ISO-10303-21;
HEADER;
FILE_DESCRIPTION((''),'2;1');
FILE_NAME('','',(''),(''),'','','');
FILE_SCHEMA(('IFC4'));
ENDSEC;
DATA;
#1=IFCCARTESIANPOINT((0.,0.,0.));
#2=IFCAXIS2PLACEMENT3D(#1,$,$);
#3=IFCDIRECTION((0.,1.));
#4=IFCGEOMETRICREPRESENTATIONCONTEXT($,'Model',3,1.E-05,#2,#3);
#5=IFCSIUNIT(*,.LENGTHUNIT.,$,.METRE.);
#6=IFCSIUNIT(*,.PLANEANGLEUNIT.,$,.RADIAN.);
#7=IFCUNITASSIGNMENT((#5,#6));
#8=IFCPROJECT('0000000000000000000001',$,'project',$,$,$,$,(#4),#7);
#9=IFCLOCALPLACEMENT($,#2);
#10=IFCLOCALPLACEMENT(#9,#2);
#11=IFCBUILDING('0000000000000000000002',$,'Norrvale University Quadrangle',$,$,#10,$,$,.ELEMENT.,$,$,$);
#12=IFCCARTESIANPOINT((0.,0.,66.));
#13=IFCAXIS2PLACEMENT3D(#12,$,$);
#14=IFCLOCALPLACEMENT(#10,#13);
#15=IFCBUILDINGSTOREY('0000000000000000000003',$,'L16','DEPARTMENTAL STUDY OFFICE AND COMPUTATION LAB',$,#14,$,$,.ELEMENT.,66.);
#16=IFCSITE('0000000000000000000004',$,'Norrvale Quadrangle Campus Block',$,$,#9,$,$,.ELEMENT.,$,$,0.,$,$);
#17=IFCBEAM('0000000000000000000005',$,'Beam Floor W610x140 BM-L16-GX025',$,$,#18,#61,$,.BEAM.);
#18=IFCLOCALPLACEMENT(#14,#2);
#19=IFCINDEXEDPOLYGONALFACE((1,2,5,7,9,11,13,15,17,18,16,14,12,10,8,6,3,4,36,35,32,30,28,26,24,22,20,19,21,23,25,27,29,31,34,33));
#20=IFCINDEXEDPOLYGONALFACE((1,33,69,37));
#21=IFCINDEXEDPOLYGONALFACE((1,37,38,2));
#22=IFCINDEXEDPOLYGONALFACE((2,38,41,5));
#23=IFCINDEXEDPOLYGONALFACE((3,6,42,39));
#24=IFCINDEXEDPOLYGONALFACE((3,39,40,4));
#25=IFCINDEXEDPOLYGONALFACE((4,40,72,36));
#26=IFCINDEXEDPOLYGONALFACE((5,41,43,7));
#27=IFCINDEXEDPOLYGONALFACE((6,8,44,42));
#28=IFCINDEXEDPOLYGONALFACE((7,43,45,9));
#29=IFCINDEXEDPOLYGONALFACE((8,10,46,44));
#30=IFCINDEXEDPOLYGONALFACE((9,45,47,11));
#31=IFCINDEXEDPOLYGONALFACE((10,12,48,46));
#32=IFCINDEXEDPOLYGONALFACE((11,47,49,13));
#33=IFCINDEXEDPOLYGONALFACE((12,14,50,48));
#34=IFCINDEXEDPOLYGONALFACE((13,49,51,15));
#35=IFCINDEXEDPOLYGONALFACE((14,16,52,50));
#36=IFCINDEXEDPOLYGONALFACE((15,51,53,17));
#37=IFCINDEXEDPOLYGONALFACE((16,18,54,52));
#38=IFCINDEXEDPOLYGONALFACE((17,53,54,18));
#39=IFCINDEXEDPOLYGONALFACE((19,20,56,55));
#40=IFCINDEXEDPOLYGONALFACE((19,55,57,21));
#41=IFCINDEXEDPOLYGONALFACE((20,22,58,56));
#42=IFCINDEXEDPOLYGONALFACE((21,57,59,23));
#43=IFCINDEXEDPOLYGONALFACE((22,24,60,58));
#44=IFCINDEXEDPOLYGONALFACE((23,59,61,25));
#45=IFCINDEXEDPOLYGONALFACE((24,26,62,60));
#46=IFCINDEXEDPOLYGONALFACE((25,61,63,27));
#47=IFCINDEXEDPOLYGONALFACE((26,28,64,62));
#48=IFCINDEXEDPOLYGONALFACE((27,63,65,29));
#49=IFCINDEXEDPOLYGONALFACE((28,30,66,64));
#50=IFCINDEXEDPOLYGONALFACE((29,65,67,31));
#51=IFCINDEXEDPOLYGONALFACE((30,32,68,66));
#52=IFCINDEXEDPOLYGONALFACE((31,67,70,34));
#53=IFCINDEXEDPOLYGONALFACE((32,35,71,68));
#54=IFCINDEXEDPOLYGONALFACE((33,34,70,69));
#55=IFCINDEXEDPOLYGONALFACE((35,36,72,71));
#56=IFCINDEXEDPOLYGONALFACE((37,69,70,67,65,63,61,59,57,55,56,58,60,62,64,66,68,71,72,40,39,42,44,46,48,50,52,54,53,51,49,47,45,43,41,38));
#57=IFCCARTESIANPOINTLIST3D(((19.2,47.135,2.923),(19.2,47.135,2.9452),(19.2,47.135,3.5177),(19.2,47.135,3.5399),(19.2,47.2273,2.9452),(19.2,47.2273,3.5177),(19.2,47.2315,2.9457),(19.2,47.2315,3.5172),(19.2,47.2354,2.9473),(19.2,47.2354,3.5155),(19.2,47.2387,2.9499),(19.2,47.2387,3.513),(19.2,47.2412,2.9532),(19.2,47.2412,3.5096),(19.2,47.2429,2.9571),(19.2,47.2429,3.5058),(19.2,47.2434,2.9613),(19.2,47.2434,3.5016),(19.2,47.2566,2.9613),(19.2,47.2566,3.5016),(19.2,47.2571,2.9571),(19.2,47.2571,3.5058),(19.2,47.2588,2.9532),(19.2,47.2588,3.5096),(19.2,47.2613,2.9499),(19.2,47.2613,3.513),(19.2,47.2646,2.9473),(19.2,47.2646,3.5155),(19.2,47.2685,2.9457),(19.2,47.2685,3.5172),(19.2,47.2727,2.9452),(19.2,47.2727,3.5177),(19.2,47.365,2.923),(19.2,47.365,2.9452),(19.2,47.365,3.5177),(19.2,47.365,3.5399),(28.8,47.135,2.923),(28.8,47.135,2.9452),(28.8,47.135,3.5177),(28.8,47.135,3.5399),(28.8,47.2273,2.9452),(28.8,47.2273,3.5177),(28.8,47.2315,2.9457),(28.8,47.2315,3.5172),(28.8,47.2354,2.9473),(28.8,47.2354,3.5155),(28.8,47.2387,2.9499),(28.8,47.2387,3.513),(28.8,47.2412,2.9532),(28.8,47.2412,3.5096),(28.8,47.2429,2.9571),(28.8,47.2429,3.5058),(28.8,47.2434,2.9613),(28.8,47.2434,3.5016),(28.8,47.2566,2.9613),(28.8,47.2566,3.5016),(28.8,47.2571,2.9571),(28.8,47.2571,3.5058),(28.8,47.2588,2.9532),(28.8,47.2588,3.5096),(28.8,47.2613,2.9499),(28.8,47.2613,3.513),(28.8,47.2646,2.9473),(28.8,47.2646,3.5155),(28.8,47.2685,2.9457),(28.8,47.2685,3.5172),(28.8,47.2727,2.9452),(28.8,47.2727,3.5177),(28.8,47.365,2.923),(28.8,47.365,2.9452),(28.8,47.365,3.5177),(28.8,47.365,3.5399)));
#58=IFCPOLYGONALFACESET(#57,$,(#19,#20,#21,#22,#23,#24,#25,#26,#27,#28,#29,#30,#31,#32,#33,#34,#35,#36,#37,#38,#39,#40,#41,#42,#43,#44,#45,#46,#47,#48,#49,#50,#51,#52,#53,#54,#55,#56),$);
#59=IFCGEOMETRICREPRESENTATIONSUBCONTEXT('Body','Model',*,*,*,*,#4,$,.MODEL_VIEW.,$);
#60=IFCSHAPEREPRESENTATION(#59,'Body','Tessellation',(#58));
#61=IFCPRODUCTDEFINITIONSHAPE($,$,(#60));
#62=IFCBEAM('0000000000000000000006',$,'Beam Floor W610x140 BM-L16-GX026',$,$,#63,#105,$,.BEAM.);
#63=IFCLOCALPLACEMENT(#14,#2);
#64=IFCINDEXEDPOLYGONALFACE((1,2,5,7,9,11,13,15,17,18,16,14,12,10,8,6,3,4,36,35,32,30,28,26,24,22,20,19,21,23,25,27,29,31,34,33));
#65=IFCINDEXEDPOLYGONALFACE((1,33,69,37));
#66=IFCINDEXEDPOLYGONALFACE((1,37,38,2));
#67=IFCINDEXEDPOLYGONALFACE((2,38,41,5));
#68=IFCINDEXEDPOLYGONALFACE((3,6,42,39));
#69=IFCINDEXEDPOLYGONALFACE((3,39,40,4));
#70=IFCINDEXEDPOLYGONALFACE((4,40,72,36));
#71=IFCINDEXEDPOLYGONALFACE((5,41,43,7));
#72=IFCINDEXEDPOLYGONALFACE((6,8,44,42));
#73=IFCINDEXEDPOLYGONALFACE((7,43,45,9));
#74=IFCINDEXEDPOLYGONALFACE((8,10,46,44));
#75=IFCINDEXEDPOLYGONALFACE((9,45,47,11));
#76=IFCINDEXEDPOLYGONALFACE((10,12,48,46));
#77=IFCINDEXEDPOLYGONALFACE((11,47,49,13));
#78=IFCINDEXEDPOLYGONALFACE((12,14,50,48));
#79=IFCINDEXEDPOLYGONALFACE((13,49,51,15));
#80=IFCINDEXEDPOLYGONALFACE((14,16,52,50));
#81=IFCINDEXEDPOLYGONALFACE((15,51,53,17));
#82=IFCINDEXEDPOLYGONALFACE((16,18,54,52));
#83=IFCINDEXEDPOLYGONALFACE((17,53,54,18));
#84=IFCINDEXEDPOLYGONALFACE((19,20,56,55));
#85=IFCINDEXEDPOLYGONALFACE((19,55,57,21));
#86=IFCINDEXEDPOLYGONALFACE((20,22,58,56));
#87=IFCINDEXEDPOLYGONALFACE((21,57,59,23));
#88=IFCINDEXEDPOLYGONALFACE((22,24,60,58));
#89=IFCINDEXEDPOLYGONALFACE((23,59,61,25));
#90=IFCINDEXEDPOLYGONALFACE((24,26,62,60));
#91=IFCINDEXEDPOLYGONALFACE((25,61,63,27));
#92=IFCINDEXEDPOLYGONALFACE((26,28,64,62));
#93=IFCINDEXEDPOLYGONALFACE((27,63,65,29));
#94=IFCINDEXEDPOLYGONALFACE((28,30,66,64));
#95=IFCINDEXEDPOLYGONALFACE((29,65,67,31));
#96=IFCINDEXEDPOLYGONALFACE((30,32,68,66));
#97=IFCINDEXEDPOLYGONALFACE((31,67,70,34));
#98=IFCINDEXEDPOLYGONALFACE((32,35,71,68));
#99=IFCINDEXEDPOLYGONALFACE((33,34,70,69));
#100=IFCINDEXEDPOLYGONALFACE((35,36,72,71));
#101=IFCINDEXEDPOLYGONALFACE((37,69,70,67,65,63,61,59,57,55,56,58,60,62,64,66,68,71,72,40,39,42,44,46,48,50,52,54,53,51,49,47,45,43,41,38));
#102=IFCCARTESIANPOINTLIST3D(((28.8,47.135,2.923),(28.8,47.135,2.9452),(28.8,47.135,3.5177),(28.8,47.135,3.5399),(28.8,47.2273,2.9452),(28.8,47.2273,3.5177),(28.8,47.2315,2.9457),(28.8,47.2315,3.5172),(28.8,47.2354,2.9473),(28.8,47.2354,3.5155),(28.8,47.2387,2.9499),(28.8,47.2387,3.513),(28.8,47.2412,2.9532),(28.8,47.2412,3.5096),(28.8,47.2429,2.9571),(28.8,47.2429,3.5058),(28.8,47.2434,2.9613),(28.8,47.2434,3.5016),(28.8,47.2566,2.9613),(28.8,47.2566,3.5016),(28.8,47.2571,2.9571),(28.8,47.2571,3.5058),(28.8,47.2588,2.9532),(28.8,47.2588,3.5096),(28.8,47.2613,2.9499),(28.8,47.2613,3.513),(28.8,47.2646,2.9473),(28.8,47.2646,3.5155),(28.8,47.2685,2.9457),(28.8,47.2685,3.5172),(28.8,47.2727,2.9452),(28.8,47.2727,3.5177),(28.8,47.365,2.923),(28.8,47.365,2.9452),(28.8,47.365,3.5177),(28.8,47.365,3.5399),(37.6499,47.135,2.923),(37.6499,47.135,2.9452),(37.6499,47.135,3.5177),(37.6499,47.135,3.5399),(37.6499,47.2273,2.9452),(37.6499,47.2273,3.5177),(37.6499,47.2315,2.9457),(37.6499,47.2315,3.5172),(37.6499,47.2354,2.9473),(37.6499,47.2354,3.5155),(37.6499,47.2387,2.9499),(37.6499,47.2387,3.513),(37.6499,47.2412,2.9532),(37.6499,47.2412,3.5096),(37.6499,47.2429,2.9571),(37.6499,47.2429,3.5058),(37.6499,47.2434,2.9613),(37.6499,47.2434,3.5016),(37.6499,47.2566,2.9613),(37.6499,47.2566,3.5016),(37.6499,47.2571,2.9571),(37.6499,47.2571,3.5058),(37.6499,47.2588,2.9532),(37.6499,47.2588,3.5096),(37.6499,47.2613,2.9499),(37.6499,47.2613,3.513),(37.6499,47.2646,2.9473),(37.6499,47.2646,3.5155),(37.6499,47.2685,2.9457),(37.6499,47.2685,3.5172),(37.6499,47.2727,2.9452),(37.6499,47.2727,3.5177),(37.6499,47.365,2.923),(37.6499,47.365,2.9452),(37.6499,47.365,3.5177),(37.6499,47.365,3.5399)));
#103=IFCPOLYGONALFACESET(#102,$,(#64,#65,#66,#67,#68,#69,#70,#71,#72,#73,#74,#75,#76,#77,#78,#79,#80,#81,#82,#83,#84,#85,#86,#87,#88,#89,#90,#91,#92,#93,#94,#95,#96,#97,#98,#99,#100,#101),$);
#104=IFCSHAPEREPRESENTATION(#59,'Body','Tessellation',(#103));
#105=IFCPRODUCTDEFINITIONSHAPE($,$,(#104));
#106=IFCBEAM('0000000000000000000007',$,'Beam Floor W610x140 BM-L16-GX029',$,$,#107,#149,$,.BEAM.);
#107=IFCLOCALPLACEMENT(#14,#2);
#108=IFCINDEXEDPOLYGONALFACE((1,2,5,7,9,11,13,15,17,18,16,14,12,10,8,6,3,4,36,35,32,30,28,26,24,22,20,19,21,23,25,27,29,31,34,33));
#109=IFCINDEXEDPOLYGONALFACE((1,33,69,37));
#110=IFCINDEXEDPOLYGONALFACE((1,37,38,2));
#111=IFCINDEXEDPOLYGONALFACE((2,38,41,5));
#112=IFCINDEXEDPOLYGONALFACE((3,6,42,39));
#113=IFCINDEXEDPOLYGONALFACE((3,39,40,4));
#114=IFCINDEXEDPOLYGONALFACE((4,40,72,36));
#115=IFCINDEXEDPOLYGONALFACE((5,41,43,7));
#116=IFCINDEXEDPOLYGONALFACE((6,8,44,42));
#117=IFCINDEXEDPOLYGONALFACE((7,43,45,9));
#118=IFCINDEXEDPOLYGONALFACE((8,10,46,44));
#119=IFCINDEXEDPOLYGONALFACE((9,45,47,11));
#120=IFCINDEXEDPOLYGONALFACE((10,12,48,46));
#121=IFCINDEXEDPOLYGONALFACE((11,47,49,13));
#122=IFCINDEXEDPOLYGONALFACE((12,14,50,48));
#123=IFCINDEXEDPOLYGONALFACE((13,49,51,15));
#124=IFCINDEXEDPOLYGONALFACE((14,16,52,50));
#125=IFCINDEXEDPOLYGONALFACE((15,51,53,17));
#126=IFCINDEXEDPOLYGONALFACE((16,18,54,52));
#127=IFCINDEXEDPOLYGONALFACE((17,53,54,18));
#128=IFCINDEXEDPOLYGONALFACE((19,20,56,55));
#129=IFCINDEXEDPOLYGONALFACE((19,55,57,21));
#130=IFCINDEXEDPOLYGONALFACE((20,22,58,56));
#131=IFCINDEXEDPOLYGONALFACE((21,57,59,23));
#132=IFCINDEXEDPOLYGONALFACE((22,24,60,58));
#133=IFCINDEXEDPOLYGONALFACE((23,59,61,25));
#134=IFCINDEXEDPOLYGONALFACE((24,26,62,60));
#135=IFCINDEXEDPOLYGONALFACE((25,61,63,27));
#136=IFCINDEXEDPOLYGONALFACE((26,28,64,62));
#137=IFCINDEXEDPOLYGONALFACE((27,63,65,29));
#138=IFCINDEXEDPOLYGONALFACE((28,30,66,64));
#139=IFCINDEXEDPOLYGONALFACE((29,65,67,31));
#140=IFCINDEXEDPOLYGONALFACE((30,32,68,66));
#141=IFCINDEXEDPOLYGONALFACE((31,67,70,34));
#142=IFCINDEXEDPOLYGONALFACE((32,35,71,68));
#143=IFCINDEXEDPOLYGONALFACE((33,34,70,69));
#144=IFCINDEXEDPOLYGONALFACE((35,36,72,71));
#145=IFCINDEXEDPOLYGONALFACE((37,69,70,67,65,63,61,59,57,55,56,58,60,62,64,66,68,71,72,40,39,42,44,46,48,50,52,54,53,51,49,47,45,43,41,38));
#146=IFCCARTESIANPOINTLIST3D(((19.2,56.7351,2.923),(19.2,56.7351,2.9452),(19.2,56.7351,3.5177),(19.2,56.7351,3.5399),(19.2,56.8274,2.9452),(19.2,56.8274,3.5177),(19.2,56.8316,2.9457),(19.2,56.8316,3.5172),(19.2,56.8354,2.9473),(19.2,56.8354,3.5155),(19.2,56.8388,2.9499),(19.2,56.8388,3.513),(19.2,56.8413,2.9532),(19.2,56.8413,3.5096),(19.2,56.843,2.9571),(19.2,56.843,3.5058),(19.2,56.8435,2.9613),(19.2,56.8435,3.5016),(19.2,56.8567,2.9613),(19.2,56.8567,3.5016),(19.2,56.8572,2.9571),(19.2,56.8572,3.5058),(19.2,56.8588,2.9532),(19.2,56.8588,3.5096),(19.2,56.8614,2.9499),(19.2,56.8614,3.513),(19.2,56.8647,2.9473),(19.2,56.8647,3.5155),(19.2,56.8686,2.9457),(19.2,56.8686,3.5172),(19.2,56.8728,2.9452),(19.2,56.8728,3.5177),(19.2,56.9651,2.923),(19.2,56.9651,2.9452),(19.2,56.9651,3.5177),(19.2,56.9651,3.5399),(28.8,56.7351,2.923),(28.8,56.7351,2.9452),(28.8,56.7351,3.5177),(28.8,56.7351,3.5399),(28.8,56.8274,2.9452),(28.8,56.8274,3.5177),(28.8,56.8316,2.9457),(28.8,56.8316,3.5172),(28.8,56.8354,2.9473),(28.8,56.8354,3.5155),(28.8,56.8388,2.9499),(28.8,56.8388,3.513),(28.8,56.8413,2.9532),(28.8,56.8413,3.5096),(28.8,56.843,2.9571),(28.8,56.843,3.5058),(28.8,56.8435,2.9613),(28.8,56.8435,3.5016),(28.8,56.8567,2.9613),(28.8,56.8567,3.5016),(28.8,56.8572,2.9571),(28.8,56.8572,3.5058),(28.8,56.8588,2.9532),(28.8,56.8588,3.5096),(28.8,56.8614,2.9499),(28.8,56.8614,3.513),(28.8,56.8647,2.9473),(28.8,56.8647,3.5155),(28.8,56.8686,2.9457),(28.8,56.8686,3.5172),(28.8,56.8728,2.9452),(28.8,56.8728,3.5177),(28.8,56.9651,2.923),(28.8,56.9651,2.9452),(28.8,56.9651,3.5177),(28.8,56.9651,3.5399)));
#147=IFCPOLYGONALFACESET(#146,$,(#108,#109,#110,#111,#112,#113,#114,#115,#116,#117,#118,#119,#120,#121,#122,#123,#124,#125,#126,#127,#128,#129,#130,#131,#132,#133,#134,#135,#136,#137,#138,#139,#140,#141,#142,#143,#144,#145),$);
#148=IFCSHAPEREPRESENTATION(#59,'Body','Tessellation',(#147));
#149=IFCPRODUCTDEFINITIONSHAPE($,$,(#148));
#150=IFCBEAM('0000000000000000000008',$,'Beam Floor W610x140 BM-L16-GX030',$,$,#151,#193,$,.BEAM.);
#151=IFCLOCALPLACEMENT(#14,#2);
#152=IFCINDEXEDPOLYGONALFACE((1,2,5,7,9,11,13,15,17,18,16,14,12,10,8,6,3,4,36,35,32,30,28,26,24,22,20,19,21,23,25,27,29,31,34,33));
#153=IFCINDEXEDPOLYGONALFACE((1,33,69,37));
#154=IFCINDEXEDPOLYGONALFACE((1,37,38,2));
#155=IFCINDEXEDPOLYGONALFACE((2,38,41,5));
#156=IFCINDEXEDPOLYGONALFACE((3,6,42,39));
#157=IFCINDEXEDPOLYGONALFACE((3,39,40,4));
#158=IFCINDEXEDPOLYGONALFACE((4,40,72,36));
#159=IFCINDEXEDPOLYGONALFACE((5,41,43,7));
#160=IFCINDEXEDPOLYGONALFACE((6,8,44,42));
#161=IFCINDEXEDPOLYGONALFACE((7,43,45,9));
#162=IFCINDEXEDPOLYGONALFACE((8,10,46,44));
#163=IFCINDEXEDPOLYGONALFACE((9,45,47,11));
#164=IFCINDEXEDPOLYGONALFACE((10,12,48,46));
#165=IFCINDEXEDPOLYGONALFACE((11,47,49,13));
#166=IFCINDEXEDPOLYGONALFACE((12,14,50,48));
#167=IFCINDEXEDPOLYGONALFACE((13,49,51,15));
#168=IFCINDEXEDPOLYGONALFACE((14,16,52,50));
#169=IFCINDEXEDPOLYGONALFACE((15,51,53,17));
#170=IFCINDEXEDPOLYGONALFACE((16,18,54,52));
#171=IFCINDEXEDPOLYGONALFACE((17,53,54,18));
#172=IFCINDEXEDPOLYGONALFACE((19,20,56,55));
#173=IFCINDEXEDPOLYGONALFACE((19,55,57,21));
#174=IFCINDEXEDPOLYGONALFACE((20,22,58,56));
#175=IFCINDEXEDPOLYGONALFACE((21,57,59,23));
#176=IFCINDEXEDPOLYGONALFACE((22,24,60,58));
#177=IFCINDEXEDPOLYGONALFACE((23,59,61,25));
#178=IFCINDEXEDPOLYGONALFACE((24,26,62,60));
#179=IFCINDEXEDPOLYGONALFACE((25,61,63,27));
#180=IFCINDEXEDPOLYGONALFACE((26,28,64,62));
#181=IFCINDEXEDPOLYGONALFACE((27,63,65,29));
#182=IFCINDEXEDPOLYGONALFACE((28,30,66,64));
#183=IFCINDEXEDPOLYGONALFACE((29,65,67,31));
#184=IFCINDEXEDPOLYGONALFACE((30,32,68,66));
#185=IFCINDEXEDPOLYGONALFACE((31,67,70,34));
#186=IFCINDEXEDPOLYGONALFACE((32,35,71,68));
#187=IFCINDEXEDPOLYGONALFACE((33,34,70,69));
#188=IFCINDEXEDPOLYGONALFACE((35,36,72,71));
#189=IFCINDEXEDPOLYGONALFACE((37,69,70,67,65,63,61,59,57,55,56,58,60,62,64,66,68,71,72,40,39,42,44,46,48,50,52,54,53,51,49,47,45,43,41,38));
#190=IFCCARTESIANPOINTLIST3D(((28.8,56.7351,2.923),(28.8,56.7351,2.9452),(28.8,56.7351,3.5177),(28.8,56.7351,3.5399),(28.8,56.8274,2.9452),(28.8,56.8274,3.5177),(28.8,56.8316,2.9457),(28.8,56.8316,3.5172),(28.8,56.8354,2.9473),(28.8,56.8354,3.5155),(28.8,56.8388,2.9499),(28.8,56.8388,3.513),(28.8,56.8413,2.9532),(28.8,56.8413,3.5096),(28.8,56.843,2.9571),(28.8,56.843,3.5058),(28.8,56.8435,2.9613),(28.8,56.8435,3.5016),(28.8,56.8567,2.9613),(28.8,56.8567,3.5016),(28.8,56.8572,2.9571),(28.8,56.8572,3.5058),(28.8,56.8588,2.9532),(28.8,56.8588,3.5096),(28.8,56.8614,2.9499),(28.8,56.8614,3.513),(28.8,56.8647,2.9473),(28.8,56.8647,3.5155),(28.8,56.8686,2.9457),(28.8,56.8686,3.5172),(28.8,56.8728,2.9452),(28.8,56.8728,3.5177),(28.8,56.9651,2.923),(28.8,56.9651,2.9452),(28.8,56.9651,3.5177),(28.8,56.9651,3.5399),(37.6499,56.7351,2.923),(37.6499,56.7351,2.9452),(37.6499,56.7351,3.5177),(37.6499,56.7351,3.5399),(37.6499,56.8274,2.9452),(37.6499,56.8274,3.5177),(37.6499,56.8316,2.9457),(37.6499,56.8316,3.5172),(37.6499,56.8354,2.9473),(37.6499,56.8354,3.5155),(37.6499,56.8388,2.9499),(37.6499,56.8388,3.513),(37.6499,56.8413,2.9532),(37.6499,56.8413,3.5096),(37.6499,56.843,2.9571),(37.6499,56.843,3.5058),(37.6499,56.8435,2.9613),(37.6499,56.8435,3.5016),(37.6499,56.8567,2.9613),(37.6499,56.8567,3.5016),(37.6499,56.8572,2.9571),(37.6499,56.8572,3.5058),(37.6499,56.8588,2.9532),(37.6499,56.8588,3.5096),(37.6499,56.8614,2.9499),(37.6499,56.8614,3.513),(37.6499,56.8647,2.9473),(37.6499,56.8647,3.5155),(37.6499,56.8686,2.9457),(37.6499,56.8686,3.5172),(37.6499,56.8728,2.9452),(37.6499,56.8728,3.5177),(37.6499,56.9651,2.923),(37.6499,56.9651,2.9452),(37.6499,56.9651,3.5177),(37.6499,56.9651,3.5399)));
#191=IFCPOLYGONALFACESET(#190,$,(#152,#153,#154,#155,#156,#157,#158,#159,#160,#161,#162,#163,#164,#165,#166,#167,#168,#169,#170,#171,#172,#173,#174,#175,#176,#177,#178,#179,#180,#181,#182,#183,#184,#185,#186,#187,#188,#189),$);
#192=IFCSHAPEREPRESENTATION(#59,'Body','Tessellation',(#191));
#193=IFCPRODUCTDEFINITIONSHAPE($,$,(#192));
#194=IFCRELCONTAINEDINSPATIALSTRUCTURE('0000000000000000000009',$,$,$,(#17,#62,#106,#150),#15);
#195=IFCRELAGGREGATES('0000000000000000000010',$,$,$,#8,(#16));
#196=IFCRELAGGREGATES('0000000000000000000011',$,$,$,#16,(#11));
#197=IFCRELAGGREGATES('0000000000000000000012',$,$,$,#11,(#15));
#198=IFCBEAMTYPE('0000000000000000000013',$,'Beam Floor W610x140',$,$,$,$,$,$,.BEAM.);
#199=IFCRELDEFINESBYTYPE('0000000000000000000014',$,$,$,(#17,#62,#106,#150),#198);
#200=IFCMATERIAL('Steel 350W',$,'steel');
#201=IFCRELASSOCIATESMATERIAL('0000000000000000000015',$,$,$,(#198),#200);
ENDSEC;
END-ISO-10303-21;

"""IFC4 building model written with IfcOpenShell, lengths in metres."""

from ifc_helpers import new_model, si_unit, direction, frame, origin, origin_2d, place, context, subcontext, project, spatial, i_section, extrude, material, material_profile, profile_set, type_object, element, save


model = new_model("IFC4")

# Units and contexts
model_context = context("Model", 3, precision=1e-05, world=origin(), true_north=direction((0.0, 1.0)))
body_context = subcontext(model_context, "Body", "Model", "MODEL_VIEW")
ifc_project = project(units=[si_unit("LENGTHUNIT", "METRE"), si_unit("PLANEANGLEUNIT", "RADIAN")], contexts=[model_context])

# Site, building, storey
site_placement = place(None, origin())
site = spatial("IfcSite", under=ifc_project, at=site_placement, Name="Norrvale Quadrangle Campus Block", CompositionType="ELEMENT", RefElevation=0.0)
building_placement = place(site_placement, origin())
building = spatial("IfcBuilding", under=site, at=building_placement, Name="Norrvale University Quadrangle", CompositionType="ELEMENT")
storey_placement = place(building_placement, frame((0.0, 0.0, 66.0)))
storey = spatial("IfcBuildingStorey", under=building, at=storey_placement, Name="L16", Description="DEPARTMENTAL STUDY OFFICE AND COMPUTATION LAB", CompositionType="ELEMENT", Elevation=66.0)

# Beams
ifc_material_1 = material(Name="Steel 350W", Category="steel")
ifc_material_profile_1 = material_profile(ifc_material_1, i_section(OverallWidth=0.23, OverallDepth=0.6169, WebThickness=0.0132, FlangeThickness=0.0222, FilletRadius=0.0161, at=origin_2d()), Name="Steel 350W")
ifc_profile_set_1 = profile_set([ifc_material_profile_1], Name="Steel 350W")
beam_type_1 = type_object("IfcBeamType", Name="Beam Floor W610x140", PredefinedType="BEAM", material=ifc_profile_set_1)
beam_1_placement = place(storey_placement, frame((19.2, 47.25, 3.2314), z_axis=(1.0, 0.0, 0.0), x_axis=(0.0, 1.0, 0.0)))
element("IfcBeam", 1, at=beam_1_placement, inside=storey, type_object=beam_type_1, Name="Beam Floor W610x140 BM-L16-GX025", PredefinedType="BEAM", context=body_context, shape_type="SweptSolid", body=[
    extrude(i_section(OverallWidth=0.23, OverallDepth=0.6169, WebThickness=0.0132, FlangeThickness=0.0222, FilletRadius=0.0161, at=origin_2d()), origin(), (0.0, 0.0, 1.0), 9.6001),
])
beam_2_placement = place(storey_placement, frame((28.8, 47.25, 3.2314), z_axis=(1.0, 0.0, 0.0), x_axis=(0.0, 1.0, 0.0)))
element("IfcBeam", 2, at=beam_2_placement, inside=storey, type_object=beam_type_1, Name="Beam Floor W610x140 BM-L16-GX026", PredefinedType="BEAM", context=body_context, shape_type="SweptSolid", body=[
    extrude(i_section(OverallWidth=0.23, OverallDepth=0.6169, WebThickness=0.0132, FlangeThickness=0.0222, FilletRadius=0.0161, at=origin_2d()), origin(), (0.0, 0.0, 1.0), 8.8499),
])
beam_3_placement = place(storey_placement, frame((19.2, 56.8501, 3.2314), z_axis=(1.0, 0.0, 0.0), x_axis=(0.0, 1.0, 0.0)))
element("IfcBeam", 3, at=beam_3_placement, inside=storey, type_object=beam_type_1, Name="Beam Floor W610x140 BM-L16-GX029", PredefinedType="BEAM", context=body_context, shape_type="SweptSolid", body=[
    extrude(i_section(OverallWidth=0.23, OverallDepth=0.6169, WebThickness=0.0132, FlangeThickness=0.0222, FilletRadius=0.0161, at=origin_2d()), origin(), (0.0, 0.0, 1.0), 9.6001),
])
beam_4_placement = place(storey_placement, frame((28.8, 56.8501, 3.2314), z_axis=(1.0, 0.0, 0.0), x_axis=(0.0, 1.0, 0.0)))
element("IfcBeam", 4, at=beam_4_placement, inside=storey, type_object=beam_type_1, Name="Beam Floor W610x140 BM-L16-GX030", PredefinedType="BEAM", context=body_context, shape_type="SweptSolid", body=[
    extrude(i_section(OverallWidth=0.23, OverallDepth=0.6169, WebThickness=0.0132, FlangeThickness=0.0222, FilletRadius=0.0161, at=origin_2d()), origin(), (0.0, 0.0, 1.0), 8.8499),
])

save(model, "model.ifc")
